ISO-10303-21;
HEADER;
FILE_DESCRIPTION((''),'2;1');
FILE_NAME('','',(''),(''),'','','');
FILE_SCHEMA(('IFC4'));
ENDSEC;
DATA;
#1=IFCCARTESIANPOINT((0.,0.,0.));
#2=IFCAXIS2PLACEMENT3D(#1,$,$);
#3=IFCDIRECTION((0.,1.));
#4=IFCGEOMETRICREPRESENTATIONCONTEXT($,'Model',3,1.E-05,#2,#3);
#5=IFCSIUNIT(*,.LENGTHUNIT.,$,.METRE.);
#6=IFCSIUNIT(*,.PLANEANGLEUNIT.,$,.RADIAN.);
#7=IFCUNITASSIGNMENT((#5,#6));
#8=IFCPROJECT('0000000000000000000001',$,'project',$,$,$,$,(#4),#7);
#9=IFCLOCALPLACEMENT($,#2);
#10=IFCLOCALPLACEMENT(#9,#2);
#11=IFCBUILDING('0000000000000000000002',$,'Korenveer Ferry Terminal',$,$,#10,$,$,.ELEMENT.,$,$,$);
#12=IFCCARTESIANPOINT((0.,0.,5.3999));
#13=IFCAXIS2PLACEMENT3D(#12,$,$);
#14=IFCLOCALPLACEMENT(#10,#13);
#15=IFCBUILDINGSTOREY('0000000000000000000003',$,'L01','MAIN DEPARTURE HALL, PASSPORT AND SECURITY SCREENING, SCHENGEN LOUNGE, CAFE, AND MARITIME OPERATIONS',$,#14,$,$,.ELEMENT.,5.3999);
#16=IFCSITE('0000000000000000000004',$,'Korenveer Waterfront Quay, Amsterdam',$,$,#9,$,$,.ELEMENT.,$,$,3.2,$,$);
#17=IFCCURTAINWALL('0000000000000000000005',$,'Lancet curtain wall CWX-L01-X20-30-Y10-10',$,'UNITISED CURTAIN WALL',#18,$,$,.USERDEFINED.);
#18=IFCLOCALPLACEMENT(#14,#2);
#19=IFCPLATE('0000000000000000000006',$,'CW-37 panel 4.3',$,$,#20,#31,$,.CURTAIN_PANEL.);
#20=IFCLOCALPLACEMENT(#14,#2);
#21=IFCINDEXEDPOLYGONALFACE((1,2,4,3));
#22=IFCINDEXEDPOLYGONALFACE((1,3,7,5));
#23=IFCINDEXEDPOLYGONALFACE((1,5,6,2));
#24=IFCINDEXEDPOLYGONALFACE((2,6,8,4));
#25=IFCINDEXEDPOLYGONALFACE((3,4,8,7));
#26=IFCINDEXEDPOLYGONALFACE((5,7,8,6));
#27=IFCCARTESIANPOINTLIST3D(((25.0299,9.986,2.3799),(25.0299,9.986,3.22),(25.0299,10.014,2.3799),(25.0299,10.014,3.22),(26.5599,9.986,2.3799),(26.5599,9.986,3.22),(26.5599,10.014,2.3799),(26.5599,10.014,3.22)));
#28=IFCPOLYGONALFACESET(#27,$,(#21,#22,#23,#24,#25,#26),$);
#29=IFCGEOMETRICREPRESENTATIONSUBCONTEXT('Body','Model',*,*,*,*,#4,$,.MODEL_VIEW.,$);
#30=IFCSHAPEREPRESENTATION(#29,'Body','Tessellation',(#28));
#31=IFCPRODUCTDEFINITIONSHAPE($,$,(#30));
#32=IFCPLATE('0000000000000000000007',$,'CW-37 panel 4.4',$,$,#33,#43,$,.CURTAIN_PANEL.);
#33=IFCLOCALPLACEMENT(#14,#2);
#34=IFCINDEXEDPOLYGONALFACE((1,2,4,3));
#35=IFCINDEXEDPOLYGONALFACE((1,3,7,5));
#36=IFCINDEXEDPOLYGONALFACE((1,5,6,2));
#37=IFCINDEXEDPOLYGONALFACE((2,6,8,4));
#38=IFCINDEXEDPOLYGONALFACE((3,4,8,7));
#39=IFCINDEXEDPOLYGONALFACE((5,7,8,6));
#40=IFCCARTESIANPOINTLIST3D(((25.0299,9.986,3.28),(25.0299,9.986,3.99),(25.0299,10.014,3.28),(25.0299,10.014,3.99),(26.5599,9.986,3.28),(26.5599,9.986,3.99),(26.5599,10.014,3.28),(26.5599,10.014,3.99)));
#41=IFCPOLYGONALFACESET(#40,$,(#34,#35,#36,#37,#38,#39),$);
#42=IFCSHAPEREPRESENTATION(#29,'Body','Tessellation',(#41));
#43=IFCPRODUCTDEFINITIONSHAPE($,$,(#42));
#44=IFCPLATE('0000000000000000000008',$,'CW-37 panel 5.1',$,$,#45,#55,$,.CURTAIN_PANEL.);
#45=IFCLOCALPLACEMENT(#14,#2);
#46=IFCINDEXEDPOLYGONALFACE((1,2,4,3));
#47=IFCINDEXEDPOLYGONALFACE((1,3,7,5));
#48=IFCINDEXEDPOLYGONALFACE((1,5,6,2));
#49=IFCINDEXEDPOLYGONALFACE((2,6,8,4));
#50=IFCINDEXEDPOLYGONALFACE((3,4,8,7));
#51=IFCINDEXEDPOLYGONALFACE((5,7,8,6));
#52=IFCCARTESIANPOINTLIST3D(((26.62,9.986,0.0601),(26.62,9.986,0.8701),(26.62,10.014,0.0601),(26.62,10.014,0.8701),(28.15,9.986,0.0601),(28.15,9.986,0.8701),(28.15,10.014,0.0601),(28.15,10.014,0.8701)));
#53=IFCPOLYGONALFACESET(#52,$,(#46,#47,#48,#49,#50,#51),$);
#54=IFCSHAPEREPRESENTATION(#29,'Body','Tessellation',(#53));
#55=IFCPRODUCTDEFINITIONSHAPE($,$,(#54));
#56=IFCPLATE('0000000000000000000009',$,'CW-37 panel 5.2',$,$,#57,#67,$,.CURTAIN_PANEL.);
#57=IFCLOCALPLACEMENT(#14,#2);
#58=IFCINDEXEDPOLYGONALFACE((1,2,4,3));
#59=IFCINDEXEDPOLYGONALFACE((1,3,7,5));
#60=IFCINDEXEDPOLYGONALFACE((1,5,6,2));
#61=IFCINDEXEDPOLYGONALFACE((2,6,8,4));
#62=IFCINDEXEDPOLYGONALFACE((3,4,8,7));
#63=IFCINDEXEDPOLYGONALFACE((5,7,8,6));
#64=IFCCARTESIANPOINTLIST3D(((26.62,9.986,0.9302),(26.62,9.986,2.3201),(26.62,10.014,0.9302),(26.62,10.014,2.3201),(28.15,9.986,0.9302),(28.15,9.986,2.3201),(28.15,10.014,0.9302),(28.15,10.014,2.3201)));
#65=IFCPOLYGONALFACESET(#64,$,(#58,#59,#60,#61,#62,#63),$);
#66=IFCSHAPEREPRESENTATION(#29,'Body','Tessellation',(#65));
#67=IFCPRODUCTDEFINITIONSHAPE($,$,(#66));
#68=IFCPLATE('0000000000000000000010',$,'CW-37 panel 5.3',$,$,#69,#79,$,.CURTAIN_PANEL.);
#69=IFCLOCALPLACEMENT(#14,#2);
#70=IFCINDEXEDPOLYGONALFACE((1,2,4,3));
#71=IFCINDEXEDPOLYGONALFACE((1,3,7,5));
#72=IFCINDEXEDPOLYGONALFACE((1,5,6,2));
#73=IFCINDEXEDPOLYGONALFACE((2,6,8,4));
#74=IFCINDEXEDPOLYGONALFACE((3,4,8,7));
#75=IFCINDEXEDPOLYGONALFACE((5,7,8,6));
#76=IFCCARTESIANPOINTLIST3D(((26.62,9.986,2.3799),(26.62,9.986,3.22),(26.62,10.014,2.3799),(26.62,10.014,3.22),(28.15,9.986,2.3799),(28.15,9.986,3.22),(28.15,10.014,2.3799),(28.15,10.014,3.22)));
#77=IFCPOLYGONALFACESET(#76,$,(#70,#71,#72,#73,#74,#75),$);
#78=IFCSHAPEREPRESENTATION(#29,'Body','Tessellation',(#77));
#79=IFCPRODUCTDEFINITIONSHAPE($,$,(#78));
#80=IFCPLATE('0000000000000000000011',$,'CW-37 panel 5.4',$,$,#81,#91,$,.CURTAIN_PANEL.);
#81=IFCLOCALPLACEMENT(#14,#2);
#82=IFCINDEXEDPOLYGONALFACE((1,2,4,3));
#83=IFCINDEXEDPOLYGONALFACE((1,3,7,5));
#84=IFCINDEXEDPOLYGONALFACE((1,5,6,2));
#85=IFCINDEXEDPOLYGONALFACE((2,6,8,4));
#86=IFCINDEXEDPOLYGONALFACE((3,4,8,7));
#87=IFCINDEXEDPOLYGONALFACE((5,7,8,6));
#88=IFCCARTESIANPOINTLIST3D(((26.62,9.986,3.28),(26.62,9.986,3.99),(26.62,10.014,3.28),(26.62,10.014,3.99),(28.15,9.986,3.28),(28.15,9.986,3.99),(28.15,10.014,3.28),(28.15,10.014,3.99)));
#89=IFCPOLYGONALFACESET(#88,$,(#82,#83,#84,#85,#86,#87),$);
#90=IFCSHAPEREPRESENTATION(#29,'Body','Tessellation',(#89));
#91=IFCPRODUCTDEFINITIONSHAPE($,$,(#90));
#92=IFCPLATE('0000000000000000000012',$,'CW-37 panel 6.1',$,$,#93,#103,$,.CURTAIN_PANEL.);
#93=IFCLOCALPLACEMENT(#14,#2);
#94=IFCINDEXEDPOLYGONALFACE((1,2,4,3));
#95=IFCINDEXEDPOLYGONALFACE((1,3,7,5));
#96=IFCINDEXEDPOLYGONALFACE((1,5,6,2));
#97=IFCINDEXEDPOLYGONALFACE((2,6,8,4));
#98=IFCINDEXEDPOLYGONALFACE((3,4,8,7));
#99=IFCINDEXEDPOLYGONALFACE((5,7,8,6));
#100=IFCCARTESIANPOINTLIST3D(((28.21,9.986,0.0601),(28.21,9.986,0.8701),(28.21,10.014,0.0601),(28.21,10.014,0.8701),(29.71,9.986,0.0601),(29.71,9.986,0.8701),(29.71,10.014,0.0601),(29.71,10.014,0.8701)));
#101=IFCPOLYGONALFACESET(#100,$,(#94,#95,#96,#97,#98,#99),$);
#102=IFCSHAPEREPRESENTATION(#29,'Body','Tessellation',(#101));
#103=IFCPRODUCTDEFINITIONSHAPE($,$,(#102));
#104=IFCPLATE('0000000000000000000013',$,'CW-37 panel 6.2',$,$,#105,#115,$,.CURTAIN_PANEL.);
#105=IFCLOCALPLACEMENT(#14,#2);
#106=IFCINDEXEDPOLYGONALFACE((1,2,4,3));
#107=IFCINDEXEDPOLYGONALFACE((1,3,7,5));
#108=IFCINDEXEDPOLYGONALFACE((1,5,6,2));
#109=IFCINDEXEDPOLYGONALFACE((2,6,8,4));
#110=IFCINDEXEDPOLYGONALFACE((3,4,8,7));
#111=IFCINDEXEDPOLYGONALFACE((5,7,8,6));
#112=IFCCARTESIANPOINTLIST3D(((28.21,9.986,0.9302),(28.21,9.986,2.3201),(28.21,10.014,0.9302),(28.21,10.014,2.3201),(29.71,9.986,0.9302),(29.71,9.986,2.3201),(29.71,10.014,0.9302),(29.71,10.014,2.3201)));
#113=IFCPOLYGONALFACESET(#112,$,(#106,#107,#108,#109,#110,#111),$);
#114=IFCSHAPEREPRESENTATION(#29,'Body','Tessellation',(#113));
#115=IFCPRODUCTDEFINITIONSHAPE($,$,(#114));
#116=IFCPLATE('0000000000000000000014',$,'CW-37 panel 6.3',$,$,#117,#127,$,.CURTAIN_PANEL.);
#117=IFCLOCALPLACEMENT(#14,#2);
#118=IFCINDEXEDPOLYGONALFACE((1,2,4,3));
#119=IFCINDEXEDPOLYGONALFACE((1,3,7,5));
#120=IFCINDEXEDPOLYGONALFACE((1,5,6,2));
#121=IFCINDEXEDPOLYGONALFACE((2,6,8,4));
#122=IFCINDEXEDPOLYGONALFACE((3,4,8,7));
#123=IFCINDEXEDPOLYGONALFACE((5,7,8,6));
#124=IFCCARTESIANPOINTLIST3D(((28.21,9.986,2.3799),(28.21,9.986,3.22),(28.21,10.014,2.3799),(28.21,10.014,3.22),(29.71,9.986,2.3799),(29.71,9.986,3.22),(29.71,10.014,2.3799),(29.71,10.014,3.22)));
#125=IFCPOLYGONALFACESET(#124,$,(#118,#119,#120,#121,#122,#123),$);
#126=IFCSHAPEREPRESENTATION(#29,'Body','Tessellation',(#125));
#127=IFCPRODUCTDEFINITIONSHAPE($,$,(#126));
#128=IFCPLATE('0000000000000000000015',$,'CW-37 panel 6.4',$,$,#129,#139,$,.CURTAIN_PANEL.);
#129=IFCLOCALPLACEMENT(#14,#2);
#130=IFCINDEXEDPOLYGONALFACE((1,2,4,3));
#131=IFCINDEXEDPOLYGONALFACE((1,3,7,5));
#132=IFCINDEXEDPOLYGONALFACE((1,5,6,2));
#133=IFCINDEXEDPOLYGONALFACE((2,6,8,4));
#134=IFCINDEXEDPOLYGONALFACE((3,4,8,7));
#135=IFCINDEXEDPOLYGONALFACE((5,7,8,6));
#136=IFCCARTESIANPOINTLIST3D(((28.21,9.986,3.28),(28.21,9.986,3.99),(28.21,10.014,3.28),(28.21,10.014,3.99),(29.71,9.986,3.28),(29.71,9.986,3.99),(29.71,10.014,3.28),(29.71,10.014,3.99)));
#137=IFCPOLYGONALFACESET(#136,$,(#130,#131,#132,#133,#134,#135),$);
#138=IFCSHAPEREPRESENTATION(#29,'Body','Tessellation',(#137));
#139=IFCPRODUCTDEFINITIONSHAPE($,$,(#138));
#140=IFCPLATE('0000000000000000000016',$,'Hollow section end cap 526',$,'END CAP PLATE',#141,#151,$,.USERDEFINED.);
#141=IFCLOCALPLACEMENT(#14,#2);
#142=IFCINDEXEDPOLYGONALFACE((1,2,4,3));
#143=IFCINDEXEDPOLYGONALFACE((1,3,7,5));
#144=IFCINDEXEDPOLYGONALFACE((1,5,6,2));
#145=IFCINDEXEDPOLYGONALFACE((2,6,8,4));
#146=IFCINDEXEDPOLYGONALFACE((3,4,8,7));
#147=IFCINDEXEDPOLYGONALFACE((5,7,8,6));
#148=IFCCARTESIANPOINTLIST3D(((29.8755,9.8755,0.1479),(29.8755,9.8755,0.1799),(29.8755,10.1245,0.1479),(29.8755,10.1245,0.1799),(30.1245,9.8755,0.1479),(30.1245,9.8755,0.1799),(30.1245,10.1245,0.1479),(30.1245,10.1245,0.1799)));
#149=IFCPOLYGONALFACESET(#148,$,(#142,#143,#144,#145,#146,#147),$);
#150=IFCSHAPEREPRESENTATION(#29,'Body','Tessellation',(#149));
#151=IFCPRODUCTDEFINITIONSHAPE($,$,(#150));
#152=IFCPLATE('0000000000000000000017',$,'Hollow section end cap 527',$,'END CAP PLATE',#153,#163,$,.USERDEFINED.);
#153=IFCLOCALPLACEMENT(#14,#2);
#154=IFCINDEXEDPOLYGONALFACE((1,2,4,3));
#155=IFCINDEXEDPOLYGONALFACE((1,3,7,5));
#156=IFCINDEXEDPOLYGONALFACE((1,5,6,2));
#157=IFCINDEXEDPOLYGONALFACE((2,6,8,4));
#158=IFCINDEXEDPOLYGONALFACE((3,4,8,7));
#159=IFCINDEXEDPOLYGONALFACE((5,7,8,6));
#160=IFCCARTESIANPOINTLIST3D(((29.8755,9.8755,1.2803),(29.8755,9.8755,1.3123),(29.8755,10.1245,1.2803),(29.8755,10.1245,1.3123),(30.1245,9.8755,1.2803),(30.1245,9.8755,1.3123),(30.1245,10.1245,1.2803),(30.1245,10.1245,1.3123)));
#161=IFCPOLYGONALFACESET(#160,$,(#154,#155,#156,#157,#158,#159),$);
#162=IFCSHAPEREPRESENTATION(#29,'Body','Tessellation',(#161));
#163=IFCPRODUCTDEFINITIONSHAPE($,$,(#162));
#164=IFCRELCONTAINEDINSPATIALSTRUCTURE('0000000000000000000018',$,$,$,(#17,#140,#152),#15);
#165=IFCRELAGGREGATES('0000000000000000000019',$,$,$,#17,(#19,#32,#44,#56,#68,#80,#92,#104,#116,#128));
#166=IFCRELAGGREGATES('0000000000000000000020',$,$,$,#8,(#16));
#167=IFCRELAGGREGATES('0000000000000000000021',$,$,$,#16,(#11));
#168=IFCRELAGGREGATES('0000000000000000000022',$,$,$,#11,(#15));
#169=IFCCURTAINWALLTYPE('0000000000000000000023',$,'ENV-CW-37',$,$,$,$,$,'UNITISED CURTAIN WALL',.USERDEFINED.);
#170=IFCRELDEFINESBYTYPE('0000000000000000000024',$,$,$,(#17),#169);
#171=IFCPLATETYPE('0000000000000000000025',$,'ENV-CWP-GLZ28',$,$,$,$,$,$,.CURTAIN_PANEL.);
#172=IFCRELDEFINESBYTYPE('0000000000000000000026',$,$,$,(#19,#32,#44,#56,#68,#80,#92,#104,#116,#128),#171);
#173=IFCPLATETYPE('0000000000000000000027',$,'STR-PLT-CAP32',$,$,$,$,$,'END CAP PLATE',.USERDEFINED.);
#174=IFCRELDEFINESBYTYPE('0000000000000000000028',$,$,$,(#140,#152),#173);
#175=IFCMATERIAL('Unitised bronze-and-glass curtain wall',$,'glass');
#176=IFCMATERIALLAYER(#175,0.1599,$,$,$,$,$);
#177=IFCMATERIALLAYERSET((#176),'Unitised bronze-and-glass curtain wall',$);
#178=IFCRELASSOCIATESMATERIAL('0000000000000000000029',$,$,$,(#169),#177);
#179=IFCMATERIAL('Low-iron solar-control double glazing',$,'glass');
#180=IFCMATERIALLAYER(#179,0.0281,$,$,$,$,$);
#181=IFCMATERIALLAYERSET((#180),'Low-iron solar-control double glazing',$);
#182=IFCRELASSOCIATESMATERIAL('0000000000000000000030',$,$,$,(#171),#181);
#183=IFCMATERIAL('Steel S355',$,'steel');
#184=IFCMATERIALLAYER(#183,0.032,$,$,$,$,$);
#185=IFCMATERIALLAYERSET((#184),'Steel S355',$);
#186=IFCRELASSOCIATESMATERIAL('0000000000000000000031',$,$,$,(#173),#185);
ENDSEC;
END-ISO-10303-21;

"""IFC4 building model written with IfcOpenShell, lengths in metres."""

from ifc_helpers import new_model, si_unit, direction, frame, origin, origin_2d, place, context, subcontext, project, spatial, rectangle, extrude, material, layer, layer_set, type_object, element, aggregate, save


model = new_model("IFC4")

# Units and contexts
model_context = context("Model", 3, precision=1e-05, world=origin(), true_north=direction((0.0, 1.0)))
body_context = subcontext(model_context, "Body", "Model", "MODEL_VIEW")
ifc_project = project(units=[si_unit("LENGTHUNIT", "METRE"), si_unit("PLANEANGLEUNIT", "RADIAN")], contexts=[model_context])

# Site, building, storey
site_placement = place(None, origin())
site = spatial("IfcSite", under=ifc_project, at=site_placement, Name="Korenveer Waterfront Quay, Amsterdam", CompositionType="ELEMENT", RefElevation=3.2)
building_placement = place(site_placement, origin())
building = spatial("IfcBuilding", under=site, at=building_placement, Name="Korenveer Ferry Terminal", CompositionType="ELEMENT")
storey_placement = place(building_placement, frame((0.0, 0.0, 5.3999)))
storey = spatial("IfcBuildingStorey", under=building, at=storey_placement, Name="L01", Description="MAIN DEPARTURE HALL, PASSPORT AND SECURITY SCREENING, SCHENGEN LOUNGE, CAFE, AND MARITIME OPERATIONS", CompositionType="ELEMENT", Elevation=5.3999)

# Curtain wall
ifc_material_1 = material(Name="Unitised bronze-and-glass curtain wall", Category="glass")
ifc_layer_1 = layer(ifc_material_1, 0.1599)
ifc_layer_set_1 = layer_set([ifc_layer_1], Name="Unitised bronze-and-glass curtain wall")
curtain_wall_type = type_object("IfcCurtainWallType", Name="ENV-CW-37", ElementType="UNITISED CURTAIN WALL", PredefinedType="USERDEFINED", material=ifc_layer_set_1)
curtain_wall_placement = place(storey_placement, frame((20.23, 10.0, 0.0)))
curtain_wall = element("IfcCurtainWall", 1, at=curtain_wall_placement, inside=storey, type_object=curtain_wall_type, Name="Lancet curtain wall CWX-L01-X20-30-Y10-10", ObjectType="UNITISED CURTAIN WALL", PredefinedType="USERDEFINED")

# Shared definitions
ifc_material_2 = material(Name="Steel S355", Category="steel")

# Plates
ifc_material_3 = material(Name="Low-iron solar-control double glazing", Category="glass")
ifc_layer_2 = layer(ifc_material_3, 0.0281)
ifc_layer_set_2 = layer_set([ifc_layer_2], Name="Low-iron solar-control double glazing")
plate_type_1 = type_object("IfcPlateType", Name="ENV-CWP-GLZ28", PredefinedType="CURTAIN_PANEL", material=ifc_layer_set_2)
plate_1_placement = place(storey_placement, frame((25.7949, 10.0, 2.3799), z_axis=(0.0, 0.0, 1.0), x_axis=(1.0, 0.0, 0.0)))
plate_1 = element("IfcPlate", 2, at=plate_1_placement, type_object=plate_type_1, Name="CW-37 panel 4.3", PredefinedType="CURTAIN_PANEL", context=body_context, shape_type="SweptSolid", body=[
    extrude(rectangle(XDim=1.53, YDim=0.0281, at=origin_2d()), origin(), (0.0, 0.0, 1.0), 0.8401),
])
plate_2_placement = place(storey_placement, frame((25.7949, 10.0, 3.28), z_axis=(0.0, 0.0, 1.0), x_axis=(1.0, 0.0, 0.0)))
plate_2 = element("IfcPlate", 3, at=plate_2_placement, type_object=plate_type_1, Name="CW-37 panel 4.4", PredefinedType="CURTAIN_PANEL", context=body_context, shape_type="SweptSolid", body=[
    extrude(rectangle(XDim=1.53, YDim=0.0281, at=origin_2d()), origin(), (0.0, 0.0, 1.0), 0.71),
])
plate_3_placement = place(storey_placement, frame((27.385, 10.0, 0.0601), z_axis=(0.0, 0.0, 1.0), x_axis=(1.0, 0.0, 0.0)))
plate_3 = element("IfcPlate", 4, at=plate_3_placement, type_object=plate_type_1, Name="CW-37 panel 5.1", PredefinedType="CURTAIN_PANEL", context=body_context, shape_type="SweptSolid", body=[
    extrude(rectangle(XDim=1.53, YDim=0.0281, at=origin_2d()), origin(), (0.0, 0.0, 1.0), 0.8101),
])
plate_4_placement = place(storey_placement, frame((27.385, 10.0, 0.9302), z_axis=(0.0, 0.0, 1.0), x_axis=(1.0, 0.0, 0.0)))
plate_4 = element("IfcPlate", 5, at=plate_4_placement, type_object=plate_type_1, Name="CW-37 panel 5.2", PredefinedType="CURTAIN_PANEL", context=body_context, shape_type="SweptSolid", body=[
    extrude(rectangle(XDim=1.53, YDim=0.0281, at=origin_2d()), origin(), (0.0, 0.0, 1.0), 1.3899),
])
plate_5_placement = place(storey_placement, frame((27.385, 10.0, 2.3799), z_axis=(0.0, 0.0, 1.0), x_axis=(1.0, 0.0, 0.0)))
plate_5 = element("IfcPlate", 6, at=plate_5_placement, type_object=plate_type_1, Name="CW-37 panel 5.3", PredefinedType="CURTAIN_PANEL", context=body_context, shape_type="SweptSolid", body=[
    extrude(rectangle(XDim=1.53, YDim=0.0281, at=origin_2d()), origin(), (0.0, 0.0, 1.0), 0.8401),
])
plate_6_placement = place(storey_placement, frame((27.385, 10.0, 3.28), z_axis=(0.0, 0.0, 1.0), x_axis=(1.0, 0.0, 0.0)))
plate_6 = element("IfcPlate", 7, at=plate_6_placement, type_object=plate_type_1, Name="CW-37 panel 5.4", PredefinedType="CURTAIN_PANEL", context=body_context, shape_type="SweptSolid", body=[
    extrude(rectangle(XDim=1.53, YDim=0.0281, at=origin_2d()), origin(), (0.0, 0.0, 1.0), 0.71),
])
plate_7_placement = place(storey_placement, frame((28.96, 10.0, 0.0601), z_axis=(0.0, 0.0, 1.0), x_axis=(1.0, 0.0, 0.0)))
plate_7 = element("IfcPlate", 8, at=plate_7_placement, type_object=plate_type_1, Name="CW-37 panel 6.1", PredefinedType="CURTAIN_PANEL", context=body_context, shape_type="SweptSolid", body=[
    extrude(rectangle(XDim=1.5, YDim=0.0281, at=origin_2d()), origin(), (0.0, 0.0, 1.0), 0.8101),
])
plate_8_placement = place(storey_placement, frame((28.96, 10.0, 0.9302), z_axis=(0.0, 0.0, 1.0), x_axis=(1.0, 0.0, 0.0)))
plate_8 = element("IfcPlate", 9, at=plate_8_placement, type_object=plate_type_1, Name="CW-37 panel 6.2", PredefinedType="CURTAIN_PANEL", context=body_context, shape_type="SweptSolid", body=[
    extrude(rectangle(XDim=1.5, YDim=0.0281, at=origin_2d()), origin(), (0.0, 0.0, 1.0), 1.3899),
])
plate_9_placement = place(storey_placement, frame((28.96, 10.0, 2.3799), z_axis=(0.0, 0.0, 1.0), x_axis=(1.0, 0.0, 0.0)))
plate_9 = element("IfcPlate", 10, at=plate_9_placement, type_object=plate_type_1, Name="CW-37 panel 6.3", PredefinedType="CURTAIN_PANEL", context=body_context, shape_type="SweptSolid", body=[
    extrude(rectangle(XDim=1.5, YDim=0.0281, at=origin_2d()), origin(), (0.0, 0.0, 1.0), 0.8401),
])
plate_10_placement = place(storey_placement, frame((28.96, 10.0, 3.28), z_axis=(0.0, 0.0, 1.0), x_axis=(1.0, 0.0, 0.0)))
plate_10 = element("IfcPlate", 11, at=plate_10_placement, type_object=plate_type_1, Name="CW-37 panel 6.4", PredefinedType="CURTAIN_PANEL", context=body_context, shape_type="SweptSolid", body=[
    extrude(rectangle(XDim=1.5, YDim=0.0281, at=origin_2d()), origin(), (0.0, 0.0, 1.0), 0.71),
])
aggregate(curtain_wall, [plate_1, plate_2, plate_3, plate_4, plate_5, plate_6, plate_7, plate_8, plate_9, plate_10])

# Plates
ifc_layer_3 = layer(ifc_material_2, 0.032)
ifc_layer_set_3 = layer_set([ifc_layer_3], Name="Steel S355")
plate_type_2 = type_object("IfcPlateType", Name="STR-PLT-CAP32", ElementType="END CAP PLATE", PredefinedType="USERDEFINED", material=ifc_layer_set_3)
for number, where, z_axis, x_axis, name in (
    (12, (30.0, 10.0, 0.1479), (0.0, 0.0, 1.0), (1.0, 0.0, 0.0), "Hollow section end cap 526"),
    (13, (30.0, 10.0, 1.2803), (0.0, 0.0, 1.0), (1.0, 0.0, 0.0), "Hollow section end cap 527"),
):
    element("IfcPlate", number, at=place(storey_placement, frame(where, z_axis=z_axis, x_axis=x_axis)), inside=storey, type_object=plate_type_2, Name=name, ObjectType="END CAP PLATE", PredefinedType="USERDEFINED", context=body_context, shape_type="SweptSolid", body=[
        extrude(rectangle(XDim=0.249, YDim=0.249, at=origin_2d()), origin(), (0.0, 0.0, 1.0), 0.032),
    ])

save(model, "model.ifc")
